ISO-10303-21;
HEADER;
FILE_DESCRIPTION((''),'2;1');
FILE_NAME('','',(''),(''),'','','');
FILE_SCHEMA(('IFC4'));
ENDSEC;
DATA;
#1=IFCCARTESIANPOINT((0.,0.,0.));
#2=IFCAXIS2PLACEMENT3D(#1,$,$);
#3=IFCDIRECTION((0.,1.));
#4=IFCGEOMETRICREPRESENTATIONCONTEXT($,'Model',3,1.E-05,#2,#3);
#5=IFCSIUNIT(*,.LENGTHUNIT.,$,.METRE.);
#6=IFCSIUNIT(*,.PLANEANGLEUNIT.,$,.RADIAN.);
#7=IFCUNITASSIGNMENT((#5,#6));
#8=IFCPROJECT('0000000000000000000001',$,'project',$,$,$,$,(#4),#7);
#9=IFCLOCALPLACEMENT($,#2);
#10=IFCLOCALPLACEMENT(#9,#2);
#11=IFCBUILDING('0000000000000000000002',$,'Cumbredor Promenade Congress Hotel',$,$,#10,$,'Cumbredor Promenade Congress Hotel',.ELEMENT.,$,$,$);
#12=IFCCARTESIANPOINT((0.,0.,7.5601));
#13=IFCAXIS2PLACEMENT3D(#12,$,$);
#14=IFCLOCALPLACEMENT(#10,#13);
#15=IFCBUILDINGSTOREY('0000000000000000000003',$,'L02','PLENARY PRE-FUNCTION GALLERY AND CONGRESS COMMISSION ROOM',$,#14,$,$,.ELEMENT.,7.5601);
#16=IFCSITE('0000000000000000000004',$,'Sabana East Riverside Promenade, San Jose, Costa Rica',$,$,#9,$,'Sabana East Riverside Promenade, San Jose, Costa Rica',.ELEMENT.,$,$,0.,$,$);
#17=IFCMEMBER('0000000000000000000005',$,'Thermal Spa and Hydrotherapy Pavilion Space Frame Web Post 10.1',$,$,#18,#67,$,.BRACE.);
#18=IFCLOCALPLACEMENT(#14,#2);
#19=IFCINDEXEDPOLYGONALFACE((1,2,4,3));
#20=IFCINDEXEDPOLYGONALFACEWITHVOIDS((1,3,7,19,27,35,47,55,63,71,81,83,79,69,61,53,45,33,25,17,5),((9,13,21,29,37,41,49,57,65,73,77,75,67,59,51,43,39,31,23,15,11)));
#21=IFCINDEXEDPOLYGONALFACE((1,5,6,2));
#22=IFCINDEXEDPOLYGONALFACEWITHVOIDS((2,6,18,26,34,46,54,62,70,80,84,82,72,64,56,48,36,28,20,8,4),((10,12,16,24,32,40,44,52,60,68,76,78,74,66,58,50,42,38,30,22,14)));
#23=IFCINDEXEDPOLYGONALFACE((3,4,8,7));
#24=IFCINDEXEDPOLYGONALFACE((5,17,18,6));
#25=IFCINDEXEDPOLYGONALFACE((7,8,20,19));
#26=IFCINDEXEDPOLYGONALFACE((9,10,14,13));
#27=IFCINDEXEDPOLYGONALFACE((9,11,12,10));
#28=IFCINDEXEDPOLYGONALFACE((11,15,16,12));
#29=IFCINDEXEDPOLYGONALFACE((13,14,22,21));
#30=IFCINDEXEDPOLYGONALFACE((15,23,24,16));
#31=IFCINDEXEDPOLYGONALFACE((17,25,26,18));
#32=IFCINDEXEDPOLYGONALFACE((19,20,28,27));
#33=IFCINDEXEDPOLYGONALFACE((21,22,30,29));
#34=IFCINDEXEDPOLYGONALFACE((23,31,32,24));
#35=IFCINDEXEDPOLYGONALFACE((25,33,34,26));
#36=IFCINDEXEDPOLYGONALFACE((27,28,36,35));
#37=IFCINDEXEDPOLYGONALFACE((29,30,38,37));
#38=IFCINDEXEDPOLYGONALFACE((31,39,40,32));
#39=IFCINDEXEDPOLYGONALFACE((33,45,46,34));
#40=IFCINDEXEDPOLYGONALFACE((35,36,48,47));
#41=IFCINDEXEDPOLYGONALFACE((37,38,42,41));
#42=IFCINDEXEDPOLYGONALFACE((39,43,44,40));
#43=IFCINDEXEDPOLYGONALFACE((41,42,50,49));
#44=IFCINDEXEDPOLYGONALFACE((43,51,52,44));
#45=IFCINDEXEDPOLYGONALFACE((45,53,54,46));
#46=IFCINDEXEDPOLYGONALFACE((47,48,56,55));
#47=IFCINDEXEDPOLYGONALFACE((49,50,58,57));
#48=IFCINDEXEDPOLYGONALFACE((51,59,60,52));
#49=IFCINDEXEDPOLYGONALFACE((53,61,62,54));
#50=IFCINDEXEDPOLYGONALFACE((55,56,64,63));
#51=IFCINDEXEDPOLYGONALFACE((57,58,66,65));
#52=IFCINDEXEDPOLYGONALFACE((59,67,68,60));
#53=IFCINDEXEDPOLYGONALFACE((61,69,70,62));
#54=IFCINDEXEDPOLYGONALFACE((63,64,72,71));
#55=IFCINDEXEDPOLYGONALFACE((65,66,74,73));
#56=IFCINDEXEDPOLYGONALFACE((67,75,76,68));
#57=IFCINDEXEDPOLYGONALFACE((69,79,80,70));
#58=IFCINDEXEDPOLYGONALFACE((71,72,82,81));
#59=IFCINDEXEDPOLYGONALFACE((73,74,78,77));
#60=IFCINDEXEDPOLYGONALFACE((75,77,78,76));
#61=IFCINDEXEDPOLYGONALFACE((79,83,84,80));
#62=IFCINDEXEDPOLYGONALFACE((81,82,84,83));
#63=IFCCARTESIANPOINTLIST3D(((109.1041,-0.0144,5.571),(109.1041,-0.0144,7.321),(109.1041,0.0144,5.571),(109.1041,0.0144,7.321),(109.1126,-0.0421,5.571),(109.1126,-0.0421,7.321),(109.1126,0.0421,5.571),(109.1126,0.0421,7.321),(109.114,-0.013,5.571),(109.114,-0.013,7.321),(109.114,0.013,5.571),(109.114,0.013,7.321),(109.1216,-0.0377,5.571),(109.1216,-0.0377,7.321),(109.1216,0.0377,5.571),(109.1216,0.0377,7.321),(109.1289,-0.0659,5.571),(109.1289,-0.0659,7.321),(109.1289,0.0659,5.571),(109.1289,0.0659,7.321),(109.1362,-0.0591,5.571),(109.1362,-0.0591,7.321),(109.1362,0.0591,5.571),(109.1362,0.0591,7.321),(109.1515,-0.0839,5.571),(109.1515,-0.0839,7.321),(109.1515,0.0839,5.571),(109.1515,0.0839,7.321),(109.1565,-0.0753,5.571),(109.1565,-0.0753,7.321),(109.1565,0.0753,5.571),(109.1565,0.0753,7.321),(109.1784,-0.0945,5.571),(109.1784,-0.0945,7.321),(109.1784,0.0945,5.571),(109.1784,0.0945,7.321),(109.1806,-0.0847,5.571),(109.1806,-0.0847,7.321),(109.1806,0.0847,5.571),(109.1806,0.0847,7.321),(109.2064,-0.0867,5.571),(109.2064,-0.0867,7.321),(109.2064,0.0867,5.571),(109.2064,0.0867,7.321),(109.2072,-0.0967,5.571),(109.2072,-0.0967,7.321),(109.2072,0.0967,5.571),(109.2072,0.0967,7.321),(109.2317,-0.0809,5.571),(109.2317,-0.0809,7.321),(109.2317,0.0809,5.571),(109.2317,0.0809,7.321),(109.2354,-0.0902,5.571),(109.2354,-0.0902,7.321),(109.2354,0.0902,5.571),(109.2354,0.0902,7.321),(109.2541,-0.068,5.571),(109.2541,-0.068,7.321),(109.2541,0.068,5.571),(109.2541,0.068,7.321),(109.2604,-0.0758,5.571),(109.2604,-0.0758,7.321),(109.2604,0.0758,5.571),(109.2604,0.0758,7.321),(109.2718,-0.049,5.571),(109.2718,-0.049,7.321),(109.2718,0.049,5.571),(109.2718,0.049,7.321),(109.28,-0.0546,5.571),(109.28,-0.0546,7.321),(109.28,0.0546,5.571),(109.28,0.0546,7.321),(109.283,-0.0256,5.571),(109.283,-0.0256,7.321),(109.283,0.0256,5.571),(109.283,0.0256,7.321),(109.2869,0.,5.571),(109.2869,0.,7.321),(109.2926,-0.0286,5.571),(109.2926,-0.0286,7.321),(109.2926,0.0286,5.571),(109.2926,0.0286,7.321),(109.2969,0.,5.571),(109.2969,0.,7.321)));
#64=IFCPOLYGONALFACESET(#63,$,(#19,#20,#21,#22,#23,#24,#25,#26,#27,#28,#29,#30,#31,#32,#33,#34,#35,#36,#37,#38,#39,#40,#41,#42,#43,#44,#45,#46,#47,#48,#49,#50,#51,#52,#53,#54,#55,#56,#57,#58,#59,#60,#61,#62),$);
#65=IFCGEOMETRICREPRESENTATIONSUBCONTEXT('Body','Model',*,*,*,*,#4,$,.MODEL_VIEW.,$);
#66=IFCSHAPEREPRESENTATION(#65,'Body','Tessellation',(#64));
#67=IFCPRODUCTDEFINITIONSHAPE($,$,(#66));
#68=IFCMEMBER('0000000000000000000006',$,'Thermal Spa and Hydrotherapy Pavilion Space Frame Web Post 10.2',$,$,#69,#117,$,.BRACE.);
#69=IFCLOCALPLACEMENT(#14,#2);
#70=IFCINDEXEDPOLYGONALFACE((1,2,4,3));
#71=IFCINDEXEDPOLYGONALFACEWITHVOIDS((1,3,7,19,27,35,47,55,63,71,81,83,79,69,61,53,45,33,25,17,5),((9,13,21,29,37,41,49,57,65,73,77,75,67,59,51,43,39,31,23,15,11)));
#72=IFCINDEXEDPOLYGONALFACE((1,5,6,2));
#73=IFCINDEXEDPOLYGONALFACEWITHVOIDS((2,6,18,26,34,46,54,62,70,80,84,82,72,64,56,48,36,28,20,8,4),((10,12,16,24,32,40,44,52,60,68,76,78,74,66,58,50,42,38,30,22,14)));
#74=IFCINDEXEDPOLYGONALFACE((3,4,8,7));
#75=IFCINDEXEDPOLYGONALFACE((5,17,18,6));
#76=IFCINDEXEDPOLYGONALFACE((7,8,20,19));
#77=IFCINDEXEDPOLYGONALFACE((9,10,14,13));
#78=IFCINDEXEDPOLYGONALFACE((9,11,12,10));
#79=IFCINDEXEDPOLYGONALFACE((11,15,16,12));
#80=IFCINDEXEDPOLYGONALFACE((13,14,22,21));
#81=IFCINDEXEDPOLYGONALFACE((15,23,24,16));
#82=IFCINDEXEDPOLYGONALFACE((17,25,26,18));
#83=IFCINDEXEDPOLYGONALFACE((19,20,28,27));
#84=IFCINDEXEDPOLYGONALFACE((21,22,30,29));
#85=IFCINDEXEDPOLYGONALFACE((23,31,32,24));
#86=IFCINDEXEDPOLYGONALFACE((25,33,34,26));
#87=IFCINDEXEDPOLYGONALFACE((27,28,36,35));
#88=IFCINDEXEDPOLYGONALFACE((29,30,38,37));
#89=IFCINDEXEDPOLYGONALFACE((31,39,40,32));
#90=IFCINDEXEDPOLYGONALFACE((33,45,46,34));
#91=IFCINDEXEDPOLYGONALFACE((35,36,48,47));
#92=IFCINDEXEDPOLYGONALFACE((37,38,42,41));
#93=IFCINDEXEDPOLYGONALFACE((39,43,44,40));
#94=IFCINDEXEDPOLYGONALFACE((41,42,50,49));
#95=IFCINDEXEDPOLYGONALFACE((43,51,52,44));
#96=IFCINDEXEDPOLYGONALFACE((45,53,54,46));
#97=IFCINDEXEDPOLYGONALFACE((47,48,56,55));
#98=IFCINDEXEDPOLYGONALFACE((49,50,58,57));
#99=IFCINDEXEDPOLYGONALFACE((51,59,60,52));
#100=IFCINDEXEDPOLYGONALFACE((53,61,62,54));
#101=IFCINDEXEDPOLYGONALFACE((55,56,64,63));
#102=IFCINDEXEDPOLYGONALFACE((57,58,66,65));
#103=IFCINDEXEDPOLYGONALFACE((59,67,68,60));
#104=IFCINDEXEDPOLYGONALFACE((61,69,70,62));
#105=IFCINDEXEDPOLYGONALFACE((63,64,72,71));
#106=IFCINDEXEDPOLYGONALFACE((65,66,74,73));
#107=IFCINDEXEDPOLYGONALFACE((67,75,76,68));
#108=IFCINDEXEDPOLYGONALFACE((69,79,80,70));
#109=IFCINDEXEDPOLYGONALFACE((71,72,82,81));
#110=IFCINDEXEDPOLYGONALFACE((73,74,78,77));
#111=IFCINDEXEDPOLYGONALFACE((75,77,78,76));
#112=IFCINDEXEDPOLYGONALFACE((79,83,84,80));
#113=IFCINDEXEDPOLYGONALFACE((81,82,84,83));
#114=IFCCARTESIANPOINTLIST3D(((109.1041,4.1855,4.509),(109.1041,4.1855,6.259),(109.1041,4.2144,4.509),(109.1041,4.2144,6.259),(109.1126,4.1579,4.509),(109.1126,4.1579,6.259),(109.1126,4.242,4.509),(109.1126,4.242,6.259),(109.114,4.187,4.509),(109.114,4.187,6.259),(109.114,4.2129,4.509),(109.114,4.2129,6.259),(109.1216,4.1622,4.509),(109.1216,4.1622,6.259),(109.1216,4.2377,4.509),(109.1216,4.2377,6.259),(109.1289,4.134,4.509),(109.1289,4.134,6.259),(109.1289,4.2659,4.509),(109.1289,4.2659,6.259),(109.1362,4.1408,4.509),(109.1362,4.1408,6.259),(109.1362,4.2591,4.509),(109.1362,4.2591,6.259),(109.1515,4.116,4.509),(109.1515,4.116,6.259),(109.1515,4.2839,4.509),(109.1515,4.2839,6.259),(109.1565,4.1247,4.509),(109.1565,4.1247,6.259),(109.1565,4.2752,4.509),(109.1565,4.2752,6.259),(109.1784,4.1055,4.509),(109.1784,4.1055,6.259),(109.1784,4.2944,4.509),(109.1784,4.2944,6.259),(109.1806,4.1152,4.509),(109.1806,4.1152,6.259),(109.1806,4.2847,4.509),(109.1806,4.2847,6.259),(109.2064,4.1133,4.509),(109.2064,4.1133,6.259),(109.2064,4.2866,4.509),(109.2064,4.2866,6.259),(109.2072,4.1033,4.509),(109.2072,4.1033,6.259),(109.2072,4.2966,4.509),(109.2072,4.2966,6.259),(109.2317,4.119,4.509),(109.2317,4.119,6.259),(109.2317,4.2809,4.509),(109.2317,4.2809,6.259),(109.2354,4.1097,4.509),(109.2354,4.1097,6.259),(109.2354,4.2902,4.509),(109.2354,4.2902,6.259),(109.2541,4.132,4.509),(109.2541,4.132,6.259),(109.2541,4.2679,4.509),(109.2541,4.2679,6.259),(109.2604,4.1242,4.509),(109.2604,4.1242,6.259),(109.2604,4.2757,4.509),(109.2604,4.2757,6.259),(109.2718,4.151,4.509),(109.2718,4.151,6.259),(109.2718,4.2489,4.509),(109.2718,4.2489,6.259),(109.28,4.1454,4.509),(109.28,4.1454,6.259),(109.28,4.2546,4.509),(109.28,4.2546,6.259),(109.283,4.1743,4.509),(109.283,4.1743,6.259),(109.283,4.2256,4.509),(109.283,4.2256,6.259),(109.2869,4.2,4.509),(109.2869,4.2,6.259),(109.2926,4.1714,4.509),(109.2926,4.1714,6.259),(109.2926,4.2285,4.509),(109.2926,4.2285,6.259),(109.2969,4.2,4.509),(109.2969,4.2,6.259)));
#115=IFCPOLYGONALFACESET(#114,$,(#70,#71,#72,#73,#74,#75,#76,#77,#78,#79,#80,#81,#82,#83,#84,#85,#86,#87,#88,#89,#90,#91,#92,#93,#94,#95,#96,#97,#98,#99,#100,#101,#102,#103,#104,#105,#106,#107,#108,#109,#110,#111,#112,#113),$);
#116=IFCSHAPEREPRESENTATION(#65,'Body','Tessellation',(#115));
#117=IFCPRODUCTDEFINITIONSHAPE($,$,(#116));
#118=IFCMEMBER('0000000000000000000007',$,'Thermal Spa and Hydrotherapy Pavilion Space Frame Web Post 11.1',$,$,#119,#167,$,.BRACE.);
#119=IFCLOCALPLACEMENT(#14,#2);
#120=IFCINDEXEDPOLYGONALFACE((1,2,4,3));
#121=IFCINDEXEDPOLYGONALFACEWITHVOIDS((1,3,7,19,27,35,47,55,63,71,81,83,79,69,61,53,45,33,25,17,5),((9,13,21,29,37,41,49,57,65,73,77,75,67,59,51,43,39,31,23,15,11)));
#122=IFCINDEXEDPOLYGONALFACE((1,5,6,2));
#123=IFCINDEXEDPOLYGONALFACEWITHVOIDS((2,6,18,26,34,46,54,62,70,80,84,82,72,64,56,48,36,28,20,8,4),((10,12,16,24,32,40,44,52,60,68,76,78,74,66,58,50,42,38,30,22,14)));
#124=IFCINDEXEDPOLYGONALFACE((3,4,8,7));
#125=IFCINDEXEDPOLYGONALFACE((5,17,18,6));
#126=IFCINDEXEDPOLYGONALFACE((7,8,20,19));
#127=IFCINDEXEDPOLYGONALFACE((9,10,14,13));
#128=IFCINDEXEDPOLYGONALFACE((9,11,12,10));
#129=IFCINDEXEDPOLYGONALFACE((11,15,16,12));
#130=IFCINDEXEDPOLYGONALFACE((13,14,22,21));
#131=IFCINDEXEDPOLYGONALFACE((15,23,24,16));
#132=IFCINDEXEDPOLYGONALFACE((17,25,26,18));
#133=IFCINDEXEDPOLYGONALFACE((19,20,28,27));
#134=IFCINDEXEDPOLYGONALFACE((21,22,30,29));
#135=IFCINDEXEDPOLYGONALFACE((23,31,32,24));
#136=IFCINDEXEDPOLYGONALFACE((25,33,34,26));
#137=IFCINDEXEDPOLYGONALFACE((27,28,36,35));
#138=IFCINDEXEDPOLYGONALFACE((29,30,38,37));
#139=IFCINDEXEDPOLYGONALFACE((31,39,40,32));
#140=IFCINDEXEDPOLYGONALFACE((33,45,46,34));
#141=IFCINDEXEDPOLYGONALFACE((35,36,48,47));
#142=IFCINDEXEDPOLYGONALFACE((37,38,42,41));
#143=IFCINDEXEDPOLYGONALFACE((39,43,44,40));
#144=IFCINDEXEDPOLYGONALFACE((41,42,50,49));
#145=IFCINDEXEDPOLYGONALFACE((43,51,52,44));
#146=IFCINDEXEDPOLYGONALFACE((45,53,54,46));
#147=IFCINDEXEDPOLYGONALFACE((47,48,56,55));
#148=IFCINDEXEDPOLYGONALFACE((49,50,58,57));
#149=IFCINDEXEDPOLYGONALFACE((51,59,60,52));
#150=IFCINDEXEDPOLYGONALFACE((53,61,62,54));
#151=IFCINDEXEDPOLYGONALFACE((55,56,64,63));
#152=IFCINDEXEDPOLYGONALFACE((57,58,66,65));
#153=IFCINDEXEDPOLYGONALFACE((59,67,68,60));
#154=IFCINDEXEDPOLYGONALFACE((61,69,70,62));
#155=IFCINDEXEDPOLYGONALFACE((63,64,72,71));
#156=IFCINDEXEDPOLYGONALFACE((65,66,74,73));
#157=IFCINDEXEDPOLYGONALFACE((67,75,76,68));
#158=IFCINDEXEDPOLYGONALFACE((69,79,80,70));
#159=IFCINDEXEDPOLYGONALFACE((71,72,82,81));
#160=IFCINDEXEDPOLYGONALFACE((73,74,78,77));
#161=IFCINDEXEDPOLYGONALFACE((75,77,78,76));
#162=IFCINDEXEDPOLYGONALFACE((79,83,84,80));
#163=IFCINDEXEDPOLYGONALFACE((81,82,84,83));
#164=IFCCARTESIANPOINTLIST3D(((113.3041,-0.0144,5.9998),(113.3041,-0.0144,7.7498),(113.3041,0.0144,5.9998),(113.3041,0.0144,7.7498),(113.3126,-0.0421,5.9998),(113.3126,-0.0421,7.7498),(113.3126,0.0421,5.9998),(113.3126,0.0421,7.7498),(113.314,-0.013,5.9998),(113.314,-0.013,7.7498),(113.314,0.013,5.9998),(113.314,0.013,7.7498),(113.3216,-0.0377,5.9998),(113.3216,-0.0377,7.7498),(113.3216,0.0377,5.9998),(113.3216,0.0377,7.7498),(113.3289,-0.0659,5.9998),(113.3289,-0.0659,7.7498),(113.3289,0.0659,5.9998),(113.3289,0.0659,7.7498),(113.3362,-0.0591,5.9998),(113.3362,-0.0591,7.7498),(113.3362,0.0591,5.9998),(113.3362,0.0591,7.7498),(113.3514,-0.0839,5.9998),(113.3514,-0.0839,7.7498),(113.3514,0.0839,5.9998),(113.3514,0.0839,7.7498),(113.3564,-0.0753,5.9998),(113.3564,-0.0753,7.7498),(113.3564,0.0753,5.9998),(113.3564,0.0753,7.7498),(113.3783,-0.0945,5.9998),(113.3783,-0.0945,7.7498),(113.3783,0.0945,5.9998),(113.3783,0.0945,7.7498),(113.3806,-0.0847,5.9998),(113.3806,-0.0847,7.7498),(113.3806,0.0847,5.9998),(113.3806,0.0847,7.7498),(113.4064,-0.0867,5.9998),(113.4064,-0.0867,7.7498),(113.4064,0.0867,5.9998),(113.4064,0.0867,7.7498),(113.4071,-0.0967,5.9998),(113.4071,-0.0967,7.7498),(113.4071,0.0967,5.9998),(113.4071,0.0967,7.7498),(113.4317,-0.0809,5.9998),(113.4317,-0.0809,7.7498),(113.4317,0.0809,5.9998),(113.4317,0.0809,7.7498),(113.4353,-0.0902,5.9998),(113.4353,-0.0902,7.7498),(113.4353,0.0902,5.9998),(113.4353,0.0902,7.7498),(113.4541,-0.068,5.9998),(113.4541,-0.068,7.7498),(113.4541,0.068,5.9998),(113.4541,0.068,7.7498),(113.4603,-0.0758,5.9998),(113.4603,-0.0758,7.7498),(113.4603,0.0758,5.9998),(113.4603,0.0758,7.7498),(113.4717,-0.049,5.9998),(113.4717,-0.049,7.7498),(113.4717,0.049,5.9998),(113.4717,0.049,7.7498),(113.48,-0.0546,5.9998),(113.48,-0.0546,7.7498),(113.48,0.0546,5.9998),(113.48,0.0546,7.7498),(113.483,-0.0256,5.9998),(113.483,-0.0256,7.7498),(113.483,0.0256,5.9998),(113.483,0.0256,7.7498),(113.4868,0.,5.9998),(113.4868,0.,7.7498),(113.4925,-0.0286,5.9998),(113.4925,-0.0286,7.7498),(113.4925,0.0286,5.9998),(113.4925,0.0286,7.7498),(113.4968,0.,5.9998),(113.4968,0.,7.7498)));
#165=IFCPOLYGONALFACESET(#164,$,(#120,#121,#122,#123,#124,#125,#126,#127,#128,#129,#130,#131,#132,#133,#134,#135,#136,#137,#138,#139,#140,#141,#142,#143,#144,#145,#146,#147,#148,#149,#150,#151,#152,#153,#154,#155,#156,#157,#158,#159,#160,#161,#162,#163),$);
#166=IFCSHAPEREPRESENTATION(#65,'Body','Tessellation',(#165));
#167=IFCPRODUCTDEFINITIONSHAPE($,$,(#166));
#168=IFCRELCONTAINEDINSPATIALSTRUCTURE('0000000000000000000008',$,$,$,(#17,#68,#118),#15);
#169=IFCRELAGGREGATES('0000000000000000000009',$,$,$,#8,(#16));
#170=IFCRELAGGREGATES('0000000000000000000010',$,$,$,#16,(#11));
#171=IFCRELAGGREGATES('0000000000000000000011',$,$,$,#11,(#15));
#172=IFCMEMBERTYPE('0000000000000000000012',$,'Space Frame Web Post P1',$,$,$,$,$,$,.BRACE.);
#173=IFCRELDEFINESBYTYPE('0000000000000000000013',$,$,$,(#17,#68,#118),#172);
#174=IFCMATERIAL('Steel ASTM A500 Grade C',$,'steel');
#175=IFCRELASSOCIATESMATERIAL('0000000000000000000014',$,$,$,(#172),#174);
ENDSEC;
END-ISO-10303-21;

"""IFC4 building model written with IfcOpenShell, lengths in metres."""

from ifc_helpers import new_model, si_unit, direction, frame, origin, origin_2d, place, context, subcontext, project, spatial, hollow_circle, extrude, material, material_profile, profile_set, type_object, element, save


model = new_model("IFC4")

# Units and contexts
model_context = context("Model", 3, precision=1e-05, world=origin(), true_north=direction((0.0, 1.0)))
body_context = subcontext(model_context, "Body", "Model", "MODEL_VIEW")
ifc_project = project(units=[si_unit("LENGTHUNIT", "METRE"), si_unit("PLANEANGLEUNIT", "RADIAN")], contexts=[model_context])

# Site, building, storey
site_placement = place(None, origin())
site = spatial("IfcSite", under=ifc_project, at=site_placement, Name="Sabana East Riverside Promenade, San Jose, Costa Rica", LongName="Sabana East Riverside Promenade, San Jose, Costa Rica", CompositionType="ELEMENT", RefElevation=0.0)
building_placement = place(site_placement, origin())
building = spatial("IfcBuilding", under=site, at=building_placement, Name="Cumbredor Promenade Congress Hotel", LongName="Cumbredor Promenade Congress Hotel", CompositionType="ELEMENT")
storey_placement = place(building_placement, frame((0.0, 0.0, 7.5601)))
storey = spatial("IfcBuildingStorey", under=building, at=storey_placement, Name="L02", Description="PLENARY PRE-FUNCTION GALLERY AND CONGRESS COMMISSION ROOM", CompositionType="ELEMENT", Elevation=7.5601)

# Members
ifc_material_1 = material(Name="Steel ASTM A500 Grade C", Category="steel")
ifc_material_profile_1 = material_profile(ifc_material_1, hollow_circle(Radius=0.0969, WallThickness=0.01, at=origin_2d()), Name="CHS 193.7x10")
ifc_profile_set_1 = profile_set([ifc_material_profile_1], Name="Steel ASTM A500 Grade C")
member_type_1 = type_object("IfcMemberType", Name="Space Frame Web Post P1", PredefinedType="BRACE", material=ifc_profile_set_1)
for number, where, z_axis, x_axis, name in (
    (1, (109.2, 0.0, 5.571), (0.0, 0.0, 1.0), (1.0, 0.0, 0.0), "Thermal Spa and Hydrotherapy Pavilion Space Frame Web Post 10.1"),
    (2, (109.2, 4.2, 4.509), (0.0, 0.0, 1.0), (1.0, 0.0, 0.0), "Thermal Spa and Hydrotherapy Pavilion Space Frame Web Post 10.2"),
    (3, (113.3999, 0.0, 5.9998), (0.0, 0.0, 1.0), (1.0, 0.0, 0.0), "Thermal Spa and Hydrotherapy Pavilion Space Frame Web Post 11.1"),
):
    element("IfcMember", number, at=place(storey_placement, frame(where, z_axis=z_axis, x_axis=x_axis)), inside=storey, type_object=member_type_1, Name=name, PredefinedType="BRACE", context=body_context, shape_type="SweptSolid", body=[
        extrude(hollow_circle(Radius=0.0969, WallThickness=0.01, at=origin_2d()), origin(), (0.0, 0.0, 1.0), 1.75),
    ])

save(model, "model.ifc")
